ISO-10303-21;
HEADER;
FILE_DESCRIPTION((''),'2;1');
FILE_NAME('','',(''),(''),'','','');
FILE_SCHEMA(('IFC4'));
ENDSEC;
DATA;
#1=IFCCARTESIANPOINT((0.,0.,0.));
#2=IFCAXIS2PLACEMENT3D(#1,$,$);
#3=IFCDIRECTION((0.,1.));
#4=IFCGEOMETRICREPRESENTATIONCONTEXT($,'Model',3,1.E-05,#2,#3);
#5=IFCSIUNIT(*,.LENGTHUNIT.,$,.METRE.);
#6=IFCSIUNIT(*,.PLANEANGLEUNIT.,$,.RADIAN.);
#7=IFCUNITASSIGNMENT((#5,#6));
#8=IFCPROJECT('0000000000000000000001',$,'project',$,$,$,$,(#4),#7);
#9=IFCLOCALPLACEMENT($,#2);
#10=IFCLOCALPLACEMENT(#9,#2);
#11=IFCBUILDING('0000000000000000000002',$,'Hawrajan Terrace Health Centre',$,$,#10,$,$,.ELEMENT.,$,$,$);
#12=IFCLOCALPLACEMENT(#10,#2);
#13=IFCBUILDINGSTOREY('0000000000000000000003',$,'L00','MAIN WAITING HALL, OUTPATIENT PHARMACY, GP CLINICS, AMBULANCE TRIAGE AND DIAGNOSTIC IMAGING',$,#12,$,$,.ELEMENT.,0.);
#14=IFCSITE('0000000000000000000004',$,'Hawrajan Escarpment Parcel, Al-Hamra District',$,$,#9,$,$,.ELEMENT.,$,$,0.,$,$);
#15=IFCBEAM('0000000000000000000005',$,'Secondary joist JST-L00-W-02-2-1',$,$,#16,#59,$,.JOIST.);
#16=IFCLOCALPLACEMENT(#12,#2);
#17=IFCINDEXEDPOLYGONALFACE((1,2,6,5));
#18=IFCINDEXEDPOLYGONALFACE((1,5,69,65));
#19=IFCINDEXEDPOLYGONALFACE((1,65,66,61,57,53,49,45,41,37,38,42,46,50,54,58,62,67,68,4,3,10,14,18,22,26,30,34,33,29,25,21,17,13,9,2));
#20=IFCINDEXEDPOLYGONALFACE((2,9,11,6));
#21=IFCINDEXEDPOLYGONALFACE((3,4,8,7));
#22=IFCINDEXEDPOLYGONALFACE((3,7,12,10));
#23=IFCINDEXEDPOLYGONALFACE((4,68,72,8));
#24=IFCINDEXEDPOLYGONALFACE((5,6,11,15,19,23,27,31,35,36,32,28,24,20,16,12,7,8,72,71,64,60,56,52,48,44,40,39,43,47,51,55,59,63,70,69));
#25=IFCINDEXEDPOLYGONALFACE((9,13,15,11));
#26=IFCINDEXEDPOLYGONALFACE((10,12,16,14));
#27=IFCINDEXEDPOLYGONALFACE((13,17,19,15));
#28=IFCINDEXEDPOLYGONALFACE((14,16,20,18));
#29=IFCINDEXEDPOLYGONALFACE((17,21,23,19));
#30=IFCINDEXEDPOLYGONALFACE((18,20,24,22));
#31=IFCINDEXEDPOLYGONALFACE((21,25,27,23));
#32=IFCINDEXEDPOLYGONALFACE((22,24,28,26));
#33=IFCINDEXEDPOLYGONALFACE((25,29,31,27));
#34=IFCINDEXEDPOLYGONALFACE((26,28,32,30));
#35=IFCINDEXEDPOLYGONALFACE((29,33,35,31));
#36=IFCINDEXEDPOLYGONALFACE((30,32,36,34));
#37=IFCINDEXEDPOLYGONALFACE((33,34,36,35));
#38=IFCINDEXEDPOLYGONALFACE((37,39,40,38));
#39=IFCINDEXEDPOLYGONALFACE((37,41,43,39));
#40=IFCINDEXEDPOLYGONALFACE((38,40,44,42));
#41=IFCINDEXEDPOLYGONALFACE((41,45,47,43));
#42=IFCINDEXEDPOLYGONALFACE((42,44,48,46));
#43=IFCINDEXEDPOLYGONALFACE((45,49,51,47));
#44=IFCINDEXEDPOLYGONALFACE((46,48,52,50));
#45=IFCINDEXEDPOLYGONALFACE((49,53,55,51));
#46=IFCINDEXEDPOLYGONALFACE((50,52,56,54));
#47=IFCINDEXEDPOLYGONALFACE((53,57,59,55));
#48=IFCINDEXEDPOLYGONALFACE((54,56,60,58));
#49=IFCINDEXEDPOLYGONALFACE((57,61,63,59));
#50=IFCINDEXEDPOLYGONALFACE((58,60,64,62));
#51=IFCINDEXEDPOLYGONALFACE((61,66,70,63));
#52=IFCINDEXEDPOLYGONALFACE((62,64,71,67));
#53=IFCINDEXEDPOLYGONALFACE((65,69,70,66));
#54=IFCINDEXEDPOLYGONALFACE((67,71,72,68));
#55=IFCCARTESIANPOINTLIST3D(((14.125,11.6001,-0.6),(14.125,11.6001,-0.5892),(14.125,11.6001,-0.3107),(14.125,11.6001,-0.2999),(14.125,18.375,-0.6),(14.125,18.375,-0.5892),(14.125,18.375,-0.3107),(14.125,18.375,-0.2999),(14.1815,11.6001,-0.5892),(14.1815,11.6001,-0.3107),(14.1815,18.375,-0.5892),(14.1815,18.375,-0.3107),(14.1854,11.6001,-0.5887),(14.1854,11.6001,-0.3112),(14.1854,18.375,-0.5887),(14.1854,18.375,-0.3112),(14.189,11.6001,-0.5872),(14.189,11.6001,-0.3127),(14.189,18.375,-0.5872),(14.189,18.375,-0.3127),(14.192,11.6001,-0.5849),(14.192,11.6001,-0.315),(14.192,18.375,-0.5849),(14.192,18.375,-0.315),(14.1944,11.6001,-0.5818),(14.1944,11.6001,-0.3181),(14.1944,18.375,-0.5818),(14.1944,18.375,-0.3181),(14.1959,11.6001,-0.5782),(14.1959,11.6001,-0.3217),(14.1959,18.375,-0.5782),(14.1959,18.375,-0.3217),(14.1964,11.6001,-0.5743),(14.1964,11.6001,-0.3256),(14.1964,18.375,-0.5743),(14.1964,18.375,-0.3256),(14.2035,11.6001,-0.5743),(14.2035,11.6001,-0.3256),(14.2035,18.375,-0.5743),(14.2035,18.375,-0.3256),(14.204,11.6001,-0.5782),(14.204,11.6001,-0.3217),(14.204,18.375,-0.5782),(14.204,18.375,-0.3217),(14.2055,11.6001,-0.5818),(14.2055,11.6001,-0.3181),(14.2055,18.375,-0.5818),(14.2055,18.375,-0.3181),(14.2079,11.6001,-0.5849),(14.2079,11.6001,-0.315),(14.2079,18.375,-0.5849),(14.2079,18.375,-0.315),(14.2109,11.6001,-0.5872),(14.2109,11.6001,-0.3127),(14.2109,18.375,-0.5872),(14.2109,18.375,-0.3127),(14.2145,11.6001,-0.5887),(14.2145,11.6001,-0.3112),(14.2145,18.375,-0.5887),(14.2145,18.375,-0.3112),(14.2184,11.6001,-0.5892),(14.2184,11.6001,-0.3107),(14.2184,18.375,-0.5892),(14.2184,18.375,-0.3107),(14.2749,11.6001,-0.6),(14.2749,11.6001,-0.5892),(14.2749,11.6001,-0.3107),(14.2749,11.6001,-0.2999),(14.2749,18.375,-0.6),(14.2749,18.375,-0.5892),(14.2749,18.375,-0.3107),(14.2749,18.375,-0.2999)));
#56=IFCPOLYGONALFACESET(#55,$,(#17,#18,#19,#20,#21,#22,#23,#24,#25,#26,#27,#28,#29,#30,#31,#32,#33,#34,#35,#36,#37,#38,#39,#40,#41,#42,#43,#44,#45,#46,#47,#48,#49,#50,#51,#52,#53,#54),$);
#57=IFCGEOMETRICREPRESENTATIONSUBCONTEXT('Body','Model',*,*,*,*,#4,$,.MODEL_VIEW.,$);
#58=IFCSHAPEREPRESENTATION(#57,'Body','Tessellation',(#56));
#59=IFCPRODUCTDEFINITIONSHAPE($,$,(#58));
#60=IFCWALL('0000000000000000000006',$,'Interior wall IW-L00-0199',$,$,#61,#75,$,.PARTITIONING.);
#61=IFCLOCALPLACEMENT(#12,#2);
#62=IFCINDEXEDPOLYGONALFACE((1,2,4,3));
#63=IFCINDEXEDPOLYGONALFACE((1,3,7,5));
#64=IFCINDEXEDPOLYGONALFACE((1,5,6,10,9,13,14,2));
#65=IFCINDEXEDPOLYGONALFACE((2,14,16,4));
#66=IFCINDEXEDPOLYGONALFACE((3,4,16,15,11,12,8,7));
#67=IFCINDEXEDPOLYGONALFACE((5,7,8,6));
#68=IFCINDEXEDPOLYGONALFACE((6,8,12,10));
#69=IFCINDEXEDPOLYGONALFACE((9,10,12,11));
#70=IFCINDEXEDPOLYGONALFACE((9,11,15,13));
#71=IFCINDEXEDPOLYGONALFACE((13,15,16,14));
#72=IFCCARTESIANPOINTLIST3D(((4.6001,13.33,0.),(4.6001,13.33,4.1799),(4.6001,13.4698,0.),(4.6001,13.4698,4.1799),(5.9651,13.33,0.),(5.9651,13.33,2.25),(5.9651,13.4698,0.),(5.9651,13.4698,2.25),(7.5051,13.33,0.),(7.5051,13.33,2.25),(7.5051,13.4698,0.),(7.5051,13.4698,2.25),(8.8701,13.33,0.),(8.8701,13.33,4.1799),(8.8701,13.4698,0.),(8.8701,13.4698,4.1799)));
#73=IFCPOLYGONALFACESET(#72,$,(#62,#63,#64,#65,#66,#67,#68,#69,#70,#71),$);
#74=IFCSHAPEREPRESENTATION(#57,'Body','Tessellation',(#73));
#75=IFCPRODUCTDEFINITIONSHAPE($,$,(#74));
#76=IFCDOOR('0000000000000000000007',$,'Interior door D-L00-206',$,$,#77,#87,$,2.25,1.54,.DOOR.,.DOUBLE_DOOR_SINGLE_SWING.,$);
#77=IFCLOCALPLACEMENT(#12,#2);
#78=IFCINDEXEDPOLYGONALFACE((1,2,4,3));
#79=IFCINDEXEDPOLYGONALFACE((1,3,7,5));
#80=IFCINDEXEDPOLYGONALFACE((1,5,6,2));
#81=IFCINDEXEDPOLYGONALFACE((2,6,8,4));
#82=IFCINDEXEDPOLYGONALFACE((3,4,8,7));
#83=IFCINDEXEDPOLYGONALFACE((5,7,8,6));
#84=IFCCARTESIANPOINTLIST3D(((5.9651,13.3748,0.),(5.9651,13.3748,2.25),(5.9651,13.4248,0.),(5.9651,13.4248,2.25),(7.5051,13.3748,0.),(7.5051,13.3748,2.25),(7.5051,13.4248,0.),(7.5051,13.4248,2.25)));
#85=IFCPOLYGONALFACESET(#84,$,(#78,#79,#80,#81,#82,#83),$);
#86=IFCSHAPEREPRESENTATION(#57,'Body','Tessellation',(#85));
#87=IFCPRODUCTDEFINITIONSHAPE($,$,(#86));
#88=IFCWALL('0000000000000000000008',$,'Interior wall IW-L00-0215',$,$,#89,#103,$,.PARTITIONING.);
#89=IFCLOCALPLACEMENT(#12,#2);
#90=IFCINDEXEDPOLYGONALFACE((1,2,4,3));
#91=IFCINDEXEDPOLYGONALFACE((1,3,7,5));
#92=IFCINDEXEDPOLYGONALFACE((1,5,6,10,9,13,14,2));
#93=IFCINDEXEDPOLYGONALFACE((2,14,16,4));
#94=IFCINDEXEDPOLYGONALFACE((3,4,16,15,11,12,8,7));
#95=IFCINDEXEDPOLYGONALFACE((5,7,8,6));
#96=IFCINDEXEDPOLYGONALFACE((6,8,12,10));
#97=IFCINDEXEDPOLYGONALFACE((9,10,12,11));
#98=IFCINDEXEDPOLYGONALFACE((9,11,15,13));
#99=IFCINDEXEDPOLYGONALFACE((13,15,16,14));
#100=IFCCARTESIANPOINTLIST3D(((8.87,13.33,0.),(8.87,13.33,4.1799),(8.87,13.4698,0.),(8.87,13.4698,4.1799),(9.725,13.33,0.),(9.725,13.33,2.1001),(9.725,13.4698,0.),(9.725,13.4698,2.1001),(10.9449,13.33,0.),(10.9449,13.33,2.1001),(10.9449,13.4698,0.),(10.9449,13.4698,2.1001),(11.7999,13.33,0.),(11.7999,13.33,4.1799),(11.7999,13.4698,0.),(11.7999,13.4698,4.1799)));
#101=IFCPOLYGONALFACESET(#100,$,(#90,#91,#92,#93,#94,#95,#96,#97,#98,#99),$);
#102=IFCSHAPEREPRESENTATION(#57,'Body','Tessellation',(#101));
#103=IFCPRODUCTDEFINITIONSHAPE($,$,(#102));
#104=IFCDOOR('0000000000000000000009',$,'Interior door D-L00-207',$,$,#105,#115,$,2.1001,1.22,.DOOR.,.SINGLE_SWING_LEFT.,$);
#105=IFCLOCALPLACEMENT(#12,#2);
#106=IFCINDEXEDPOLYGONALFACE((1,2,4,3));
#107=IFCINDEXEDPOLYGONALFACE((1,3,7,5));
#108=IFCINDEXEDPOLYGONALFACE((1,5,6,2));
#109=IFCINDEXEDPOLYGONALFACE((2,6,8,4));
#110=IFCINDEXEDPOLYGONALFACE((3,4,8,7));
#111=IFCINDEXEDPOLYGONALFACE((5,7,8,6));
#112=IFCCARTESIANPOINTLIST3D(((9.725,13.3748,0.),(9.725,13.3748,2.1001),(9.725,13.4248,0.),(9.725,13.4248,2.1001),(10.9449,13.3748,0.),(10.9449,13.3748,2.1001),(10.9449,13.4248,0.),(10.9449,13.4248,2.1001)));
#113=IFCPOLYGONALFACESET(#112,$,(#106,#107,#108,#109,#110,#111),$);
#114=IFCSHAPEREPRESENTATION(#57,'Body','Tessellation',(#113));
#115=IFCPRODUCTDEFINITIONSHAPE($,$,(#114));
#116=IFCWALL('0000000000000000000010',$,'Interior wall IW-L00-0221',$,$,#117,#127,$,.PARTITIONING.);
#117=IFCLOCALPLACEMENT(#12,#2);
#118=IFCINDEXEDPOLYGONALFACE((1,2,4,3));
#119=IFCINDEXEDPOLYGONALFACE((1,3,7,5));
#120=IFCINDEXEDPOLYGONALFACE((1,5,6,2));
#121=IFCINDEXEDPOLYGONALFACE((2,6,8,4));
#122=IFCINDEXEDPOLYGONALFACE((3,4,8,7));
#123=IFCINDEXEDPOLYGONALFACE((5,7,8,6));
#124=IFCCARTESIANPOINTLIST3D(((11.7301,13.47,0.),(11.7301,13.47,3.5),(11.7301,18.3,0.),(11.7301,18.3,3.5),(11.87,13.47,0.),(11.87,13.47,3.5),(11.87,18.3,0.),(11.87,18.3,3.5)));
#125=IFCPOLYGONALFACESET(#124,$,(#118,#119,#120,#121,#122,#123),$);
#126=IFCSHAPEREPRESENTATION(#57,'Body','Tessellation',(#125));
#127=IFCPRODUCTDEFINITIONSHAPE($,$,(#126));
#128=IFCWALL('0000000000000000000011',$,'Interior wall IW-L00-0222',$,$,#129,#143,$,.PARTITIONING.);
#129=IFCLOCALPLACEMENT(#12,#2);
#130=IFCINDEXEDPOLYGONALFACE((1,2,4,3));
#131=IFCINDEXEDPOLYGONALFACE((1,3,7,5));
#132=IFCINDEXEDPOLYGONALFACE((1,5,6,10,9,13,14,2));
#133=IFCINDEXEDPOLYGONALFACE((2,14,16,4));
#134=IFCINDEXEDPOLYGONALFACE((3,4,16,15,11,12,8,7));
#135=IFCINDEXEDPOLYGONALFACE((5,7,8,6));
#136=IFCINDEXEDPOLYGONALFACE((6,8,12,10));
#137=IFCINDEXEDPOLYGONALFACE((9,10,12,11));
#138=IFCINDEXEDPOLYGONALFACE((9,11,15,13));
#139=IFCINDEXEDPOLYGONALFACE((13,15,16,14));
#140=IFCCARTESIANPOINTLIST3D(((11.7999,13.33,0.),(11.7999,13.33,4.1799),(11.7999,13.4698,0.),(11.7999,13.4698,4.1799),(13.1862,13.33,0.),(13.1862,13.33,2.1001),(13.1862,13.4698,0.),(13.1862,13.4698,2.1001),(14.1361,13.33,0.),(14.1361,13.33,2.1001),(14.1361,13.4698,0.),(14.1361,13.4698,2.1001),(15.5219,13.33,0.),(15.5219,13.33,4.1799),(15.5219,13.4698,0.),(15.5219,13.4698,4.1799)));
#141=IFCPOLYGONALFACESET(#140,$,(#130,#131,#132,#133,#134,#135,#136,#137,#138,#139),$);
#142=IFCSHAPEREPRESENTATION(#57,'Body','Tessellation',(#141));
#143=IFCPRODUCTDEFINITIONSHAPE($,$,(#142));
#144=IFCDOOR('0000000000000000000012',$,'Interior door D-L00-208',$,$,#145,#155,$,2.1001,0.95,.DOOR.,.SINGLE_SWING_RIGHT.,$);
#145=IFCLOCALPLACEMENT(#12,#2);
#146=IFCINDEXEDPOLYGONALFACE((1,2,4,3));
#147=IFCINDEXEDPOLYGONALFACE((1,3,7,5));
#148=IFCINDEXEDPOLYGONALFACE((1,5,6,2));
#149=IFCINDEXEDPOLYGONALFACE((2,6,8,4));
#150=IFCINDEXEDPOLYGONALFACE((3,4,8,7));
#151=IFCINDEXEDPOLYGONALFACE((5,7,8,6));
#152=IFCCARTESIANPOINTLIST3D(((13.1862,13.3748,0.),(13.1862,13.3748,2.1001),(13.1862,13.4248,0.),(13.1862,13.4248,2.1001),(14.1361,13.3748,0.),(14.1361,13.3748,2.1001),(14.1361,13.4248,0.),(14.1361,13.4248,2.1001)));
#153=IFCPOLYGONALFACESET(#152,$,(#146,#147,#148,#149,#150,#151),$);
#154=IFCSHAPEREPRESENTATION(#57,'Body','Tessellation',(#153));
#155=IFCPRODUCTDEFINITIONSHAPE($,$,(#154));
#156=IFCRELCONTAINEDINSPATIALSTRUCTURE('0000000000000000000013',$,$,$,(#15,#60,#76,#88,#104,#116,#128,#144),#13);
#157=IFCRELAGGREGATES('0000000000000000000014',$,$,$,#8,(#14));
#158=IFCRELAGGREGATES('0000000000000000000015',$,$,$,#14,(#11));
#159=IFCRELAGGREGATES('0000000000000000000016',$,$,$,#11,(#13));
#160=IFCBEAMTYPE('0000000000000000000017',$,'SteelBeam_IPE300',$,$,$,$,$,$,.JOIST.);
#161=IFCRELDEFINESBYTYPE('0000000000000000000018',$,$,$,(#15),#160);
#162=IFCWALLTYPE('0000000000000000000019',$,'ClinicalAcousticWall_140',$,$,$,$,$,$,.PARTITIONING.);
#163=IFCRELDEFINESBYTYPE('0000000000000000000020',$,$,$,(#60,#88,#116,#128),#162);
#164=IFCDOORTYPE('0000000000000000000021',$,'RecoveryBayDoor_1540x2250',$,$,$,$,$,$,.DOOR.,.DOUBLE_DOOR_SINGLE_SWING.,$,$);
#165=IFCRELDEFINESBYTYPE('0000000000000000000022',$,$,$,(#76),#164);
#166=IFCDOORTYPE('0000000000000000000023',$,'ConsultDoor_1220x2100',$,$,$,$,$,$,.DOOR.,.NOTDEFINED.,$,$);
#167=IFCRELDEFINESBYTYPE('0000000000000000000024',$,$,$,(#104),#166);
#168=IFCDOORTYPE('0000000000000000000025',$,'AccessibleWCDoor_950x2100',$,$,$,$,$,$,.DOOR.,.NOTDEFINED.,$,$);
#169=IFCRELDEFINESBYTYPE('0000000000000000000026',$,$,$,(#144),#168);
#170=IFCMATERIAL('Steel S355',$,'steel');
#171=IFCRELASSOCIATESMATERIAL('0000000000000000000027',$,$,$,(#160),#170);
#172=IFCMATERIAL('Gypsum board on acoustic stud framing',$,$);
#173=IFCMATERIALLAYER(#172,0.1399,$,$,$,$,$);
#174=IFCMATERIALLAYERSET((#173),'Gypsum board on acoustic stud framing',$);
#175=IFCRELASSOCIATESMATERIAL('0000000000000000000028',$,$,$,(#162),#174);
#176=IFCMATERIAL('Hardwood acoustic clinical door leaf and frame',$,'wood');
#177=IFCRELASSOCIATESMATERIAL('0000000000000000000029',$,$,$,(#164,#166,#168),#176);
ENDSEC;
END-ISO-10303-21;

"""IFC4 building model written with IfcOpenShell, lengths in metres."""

from ifc_helpers import new_model, si_unit, direction, frame, frame_2d, origin, origin_2d, place, context, subcontext, project, spatial, rectangle, i_section, extrude, material, layer, layer_set, material_profile, profile_set, type_object, element, fill, save


model = new_model("IFC4")

# Units and contexts
model_context = context("Model", 3, precision=1e-05, world=origin(), true_north=direction((0.0, 1.0)))
body_context = subcontext(model_context, "Body", "Model", "MODEL_VIEW")
ifc_project = project(units=[si_unit("LENGTHUNIT", "METRE"), si_unit("PLANEANGLEUNIT", "RADIAN")], contexts=[model_context])

# Site, building, storey
site_placement = place(None, origin())
site = spatial("IfcSite", under=ifc_project, at=site_placement, Name="Hawrajan Escarpment Parcel, Al-Hamra District", CompositionType="ELEMENT", RefElevation=0.0)
building_placement = place(site_placement, origin())
building = spatial("IfcBuilding", under=site, at=building_placement, Name="Hawrajan Terrace Health Centre", CompositionType="ELEMENT")
storey_placement = place(building_placement, origin())
storey = spatial("IfcBuildingStorey", under=building, at=storey_placement, Name="L00", Description="MAIN WAITING HALL, OUTPATIENT PHARMACY, GP CLINICS, AMBULANCE TRIAGE AND DIAGNOSTIC IMAGING", CompositionType="ELEMENT", Elevation=0.0)

# Beam
ifc_material_1 = material(Name="Steel S355", Category="steel")
ifc_material_profile_1 = material_profile(ifc_material_1, i_section(OverallWidth=0.1499, OverallDepth=0.3, WebThickness=0.0071, FlangeThickness=0.0107, FilletRadius=0.0149, at=origin_2d()), Name="IPE 300")
ifc_profile_set_1 = profile_set([ifc_material_profile_1], Name="Steel S355")
beam_type_1 = type_object("IfcBeamType", Name="SteelBeam_IPE300", PredefinedType="JOIST", material=ifc_profile_set_1)
beam_1_placement = place(storey_placement, frame((14.2, 11.6001, -0.45), z_axis=(0.0, 1.0, 0.0), x_axis=(-1.0, 0.0, 0.0)))
element("IfcBeam", 1, at=beam_1_placement, inside=storey, type_object=beam_type_1, Name="Secondary joist JST-L00-W-02-2-1", PredefinedType="JOIST", context=body_context, shape_type="SweptSolid", body=[
    extrude(i_section(OverallWidth=0.1499, OverallDepth=0.3, WebThickness=0.0071, FlangeThickness=0.0107, FilletRadius=0.0149, at=origin_2d()), origin(), (0.0, 0.0, 1.0), 6.7749),
])

# Wall, opening, door
ifc_material_2 = material(Name="Gypsum board on acoustic stud framing")
ifc_layer_1 = layer(ifc_material_2, 0.1399)
ifc_layer_set_1 = layer_set([ifc_layer_1], Name="Gypsum board on acoustic stud framing")
wall_type_1 = type_object("IfcWallType", Name="ClinicalAcousticWall_140", PredefinedType="PARTITIONING", material=ifc_layer_set_1)
wall_1_placement = place(storey_placement, frame((4.6001, 13.3999, 0.0), z_axis=(0.0, 0.0, 1.0), x_axis=(1.0, 0.0, 0.0)))
wall_1 = element("IfcWall", 2, at=wall_1_placement, inside=storey, type_object=wall_type_1, Name="Interior wall IW-L00-0199", PredefinedType="PARTITIONING", context=body_context, shape_type="SweptSolid", body=[
    extrude(rectangle(XDim=4.27, YDim=0.1399, at=frame_2d((2.135, 0.0))), origin(), (0.0, 0.0, 1.0), 4.1799),
])
opening_1_placement = place(wall_1_placement, frame((1.365, 0.0, 0.0)))
opening_1 = element("IfcOpeningElement", 3, at=opening_1_placement, cuts=wall_1, PredefinedType="OPENING", context=body_context, shape_type="SweptSolid", body=[
    extrude(rectangle(XDim=1.54, YDim=2.25, at=frame_2d((0.77, 1.125))), frame((0.0, 0.0798, 0.0), z_axis=(0.0, -1.0, 0.0), x_axis=(1.0, 0.0, 0.0)), (0.0, 0.0, 1.0), 0.1599),
])
ifc_material_3 = material(Name="Hardwood acoustic clinical door leaf and frame", Category="wood")
door_type_1 = type_object("IfcDoorType", Name="RecoveryBayDoor_1540x2250", OperationType="DOUBLE_DOOR_SINGLE_SWING", PredefinedType="DOOR", material=ifc_material_3)
door_1_placement = place(opening_1_placement, origin())
door_1 = element("IfcDoor", 4, at=door_1_placement, inside=storey, type_object=door_type_1, Name="Interior door D-L00-206", OperationType="DOUBLE_DOOR_SINGLE_SWING", OverallHeight=2.25, OverallWidth=1.54, PredefinedType="DOOR", context=body_context, shape_type="SweptSolid", body=[
    extrude(rectangle(XDim=1.54, YDim=2.25, at=frame_2d((0.77, 1.125))), frame((0.0, 0.0249, 0.0), z_axis=(0.0, -1.0, 0.0), x_axis=(1.0, 0.0, 0.0)), (0.0, 0.0, 1.0), 0.05),
])
fill(opening_1, door_1)

# Wall, opening, door
wall_2_placement = place(storey_placement, frame((8.8701, 13.3999, 0.0), z_axis=(0.0, 0.0, 1.0), x_axis=(1.0, 0.0, 0.0)))
wall_2 = element("IfcWall", 5, at=wall_2_placement, inside=storey, type_object=wall_type_1, Name="Interior wall IW-L00-0215", PredefinedType="PARTITIONING", context=body_context, shape_type="SweptSolid", body=[
    extrude(rectangle(XDim=2.9299, YDim=0.1399, at=frame_2d((1.4648, 0.0))), origin(), (0.0, 0.0, 1.0), 4.1799),
])
opening_2_placement = place(wall_2_placement, frame((0.855, 0.0, 0.0)))
opening_2 = element("IfcOpeningElement", 6, at=opening_2_placement, cuts=wall_2, PredefinedType="OPENING", context=body_context, shape_type="SweptSolid", body=[
    extrude(rectangle(XDim=1.22, YDim=2.1001, at=frame_2d((0.6099, 1.05))), frame((0.0, 0.0798, 0.0), z_axis=(0.0, -1.0, 0.0), x_axis=(1.0, 0.0, 0.0)), (0.0, 0.0, 1.0), 0.1599),
])
door_type_2 = type_object("IfcDoorType", Name="ConsultDoor_1220x2100", OperationType="NOTDEFINED", PredefinedType="DOOR", material=ifc_material_3)
door_2_placement = place(opening_2_placement, origin())
door_2 = element("IfcDoor", 7, at=door_2_placement, inside=storey, type_object=door_type_2, Name="Interior door D-L00-207", OperationType="SINGLE_SWING_LEFT", OverallHeight=2.1001, OverallWidth=1.22, PredefinedType="DOOR", context=body_context, shape_type="SweptSolid", body=[
    extrude(rectangle(XDim=1.22, YDim=2.1001, at=frame_2d((0.6099, 1.05))), frame((0.0, 0.0249, 0.0), z_axis=(0.0, -1.0, 0.0), x_axis=(1.0, 0.0, 0.0)), (0.0, 0.0, 1.0), 0.05),
])
fill(opening_2, door_2)

# Wall
wall_3_placement = place(storey_placement, frame((11.8, 13.47, 0.0), z_axis=(0.0, 0.0, 1.0), x_axis=(0.0, 1.0, 0.0)))
element("IfcWall", 8, at=wall_3_placement, inside=storey, type_object=wall_type_1, Name="Interior wall IW-L00-0221", PredefinedType="PARTITIONING", context=body_context, shape_type="SweptSolid", body=[
    extrude(rectangle(XDim=4.8301, YDim=0.1399, at=frame_2d((2.415, 0.0))), origin(), (0.0, 0.0, 1.0), 3.5),
])

# Wall, opening, door
wall_4_placement = place(storey_placement, frame((11.8, 13.3999, 0.0), z_axis=(0.0, 0.0, 1.0), x_axis=(1.0, 0.0, 0.0)))
wall_4 = element("IfcWall", 9, at=wall_4_placement, inside=storey, type_object=wall_type_1, Name="Interior wall IW-L00-0222", PredefinedType="PARTITIONING", context=body_context, shape_type="SweptSolid", body=[
    extrude(rectangle(XDim=3.7219, YDim=0.1399, at=frame_2d((1.8608, 0.0))), origin(), (0.0, 0.0, 1.0), 4.1799),
])
opening_3_placement = place(wall_4_placement, frame((1.386, 0.0, 0.0)))
opening_3 = element("IfcOpeningElement", 10, at=opening_3_placement, cuts=wall_4, PredefinedType="OPENING", context=body_context, shape_type="SweptSolid", body=[
    extrude(rectangle(XDim=0.95, YDim=2.1001, at=frame_2d((0.4751, 1.05))), frame((0.0, 0.0798, 0.0), z_axis=(0.0, -1.0, 0.0), x_axis=(1.0, 0.0, 0.0)), (0.0, 0.0, 1.0), 0.1599),
])
door_type_3 = type_object("IfcDoorType", Name="AccessibleWCDoor_950x2100", OperationType="NOTDEFINED", PredefinedType="DOOR", material=ifc_material_3)
door_3_placement = place(opening_3_placement, origin())
door_3 = element("IfcDoor", 11, at=door_3_placement, inside=storey, type_object=door_type_3, Name="Interior door D-L00-208", OperationType="SINGLE_SWING_RIGHT", OverallHeight=2.1001, OverallWidth=0.95, PredefinedType="DOOR", context=body_context, shape_type="SweptSolid", body=[
    extrude(rectangle(XDim=0.95, YDim=2.1001, at=frame_2d((0.4751, 1.05))), frame((0.0, 0.0249, 0.0), z_axis=(0.0, -1.0, 0.0), x_axis=(1.0, 0.0, 0.0)), (0.0, 0.0, 1.0), 0.05),
])
fill(opening_3, door_3)

save(model, "model.ifc")
